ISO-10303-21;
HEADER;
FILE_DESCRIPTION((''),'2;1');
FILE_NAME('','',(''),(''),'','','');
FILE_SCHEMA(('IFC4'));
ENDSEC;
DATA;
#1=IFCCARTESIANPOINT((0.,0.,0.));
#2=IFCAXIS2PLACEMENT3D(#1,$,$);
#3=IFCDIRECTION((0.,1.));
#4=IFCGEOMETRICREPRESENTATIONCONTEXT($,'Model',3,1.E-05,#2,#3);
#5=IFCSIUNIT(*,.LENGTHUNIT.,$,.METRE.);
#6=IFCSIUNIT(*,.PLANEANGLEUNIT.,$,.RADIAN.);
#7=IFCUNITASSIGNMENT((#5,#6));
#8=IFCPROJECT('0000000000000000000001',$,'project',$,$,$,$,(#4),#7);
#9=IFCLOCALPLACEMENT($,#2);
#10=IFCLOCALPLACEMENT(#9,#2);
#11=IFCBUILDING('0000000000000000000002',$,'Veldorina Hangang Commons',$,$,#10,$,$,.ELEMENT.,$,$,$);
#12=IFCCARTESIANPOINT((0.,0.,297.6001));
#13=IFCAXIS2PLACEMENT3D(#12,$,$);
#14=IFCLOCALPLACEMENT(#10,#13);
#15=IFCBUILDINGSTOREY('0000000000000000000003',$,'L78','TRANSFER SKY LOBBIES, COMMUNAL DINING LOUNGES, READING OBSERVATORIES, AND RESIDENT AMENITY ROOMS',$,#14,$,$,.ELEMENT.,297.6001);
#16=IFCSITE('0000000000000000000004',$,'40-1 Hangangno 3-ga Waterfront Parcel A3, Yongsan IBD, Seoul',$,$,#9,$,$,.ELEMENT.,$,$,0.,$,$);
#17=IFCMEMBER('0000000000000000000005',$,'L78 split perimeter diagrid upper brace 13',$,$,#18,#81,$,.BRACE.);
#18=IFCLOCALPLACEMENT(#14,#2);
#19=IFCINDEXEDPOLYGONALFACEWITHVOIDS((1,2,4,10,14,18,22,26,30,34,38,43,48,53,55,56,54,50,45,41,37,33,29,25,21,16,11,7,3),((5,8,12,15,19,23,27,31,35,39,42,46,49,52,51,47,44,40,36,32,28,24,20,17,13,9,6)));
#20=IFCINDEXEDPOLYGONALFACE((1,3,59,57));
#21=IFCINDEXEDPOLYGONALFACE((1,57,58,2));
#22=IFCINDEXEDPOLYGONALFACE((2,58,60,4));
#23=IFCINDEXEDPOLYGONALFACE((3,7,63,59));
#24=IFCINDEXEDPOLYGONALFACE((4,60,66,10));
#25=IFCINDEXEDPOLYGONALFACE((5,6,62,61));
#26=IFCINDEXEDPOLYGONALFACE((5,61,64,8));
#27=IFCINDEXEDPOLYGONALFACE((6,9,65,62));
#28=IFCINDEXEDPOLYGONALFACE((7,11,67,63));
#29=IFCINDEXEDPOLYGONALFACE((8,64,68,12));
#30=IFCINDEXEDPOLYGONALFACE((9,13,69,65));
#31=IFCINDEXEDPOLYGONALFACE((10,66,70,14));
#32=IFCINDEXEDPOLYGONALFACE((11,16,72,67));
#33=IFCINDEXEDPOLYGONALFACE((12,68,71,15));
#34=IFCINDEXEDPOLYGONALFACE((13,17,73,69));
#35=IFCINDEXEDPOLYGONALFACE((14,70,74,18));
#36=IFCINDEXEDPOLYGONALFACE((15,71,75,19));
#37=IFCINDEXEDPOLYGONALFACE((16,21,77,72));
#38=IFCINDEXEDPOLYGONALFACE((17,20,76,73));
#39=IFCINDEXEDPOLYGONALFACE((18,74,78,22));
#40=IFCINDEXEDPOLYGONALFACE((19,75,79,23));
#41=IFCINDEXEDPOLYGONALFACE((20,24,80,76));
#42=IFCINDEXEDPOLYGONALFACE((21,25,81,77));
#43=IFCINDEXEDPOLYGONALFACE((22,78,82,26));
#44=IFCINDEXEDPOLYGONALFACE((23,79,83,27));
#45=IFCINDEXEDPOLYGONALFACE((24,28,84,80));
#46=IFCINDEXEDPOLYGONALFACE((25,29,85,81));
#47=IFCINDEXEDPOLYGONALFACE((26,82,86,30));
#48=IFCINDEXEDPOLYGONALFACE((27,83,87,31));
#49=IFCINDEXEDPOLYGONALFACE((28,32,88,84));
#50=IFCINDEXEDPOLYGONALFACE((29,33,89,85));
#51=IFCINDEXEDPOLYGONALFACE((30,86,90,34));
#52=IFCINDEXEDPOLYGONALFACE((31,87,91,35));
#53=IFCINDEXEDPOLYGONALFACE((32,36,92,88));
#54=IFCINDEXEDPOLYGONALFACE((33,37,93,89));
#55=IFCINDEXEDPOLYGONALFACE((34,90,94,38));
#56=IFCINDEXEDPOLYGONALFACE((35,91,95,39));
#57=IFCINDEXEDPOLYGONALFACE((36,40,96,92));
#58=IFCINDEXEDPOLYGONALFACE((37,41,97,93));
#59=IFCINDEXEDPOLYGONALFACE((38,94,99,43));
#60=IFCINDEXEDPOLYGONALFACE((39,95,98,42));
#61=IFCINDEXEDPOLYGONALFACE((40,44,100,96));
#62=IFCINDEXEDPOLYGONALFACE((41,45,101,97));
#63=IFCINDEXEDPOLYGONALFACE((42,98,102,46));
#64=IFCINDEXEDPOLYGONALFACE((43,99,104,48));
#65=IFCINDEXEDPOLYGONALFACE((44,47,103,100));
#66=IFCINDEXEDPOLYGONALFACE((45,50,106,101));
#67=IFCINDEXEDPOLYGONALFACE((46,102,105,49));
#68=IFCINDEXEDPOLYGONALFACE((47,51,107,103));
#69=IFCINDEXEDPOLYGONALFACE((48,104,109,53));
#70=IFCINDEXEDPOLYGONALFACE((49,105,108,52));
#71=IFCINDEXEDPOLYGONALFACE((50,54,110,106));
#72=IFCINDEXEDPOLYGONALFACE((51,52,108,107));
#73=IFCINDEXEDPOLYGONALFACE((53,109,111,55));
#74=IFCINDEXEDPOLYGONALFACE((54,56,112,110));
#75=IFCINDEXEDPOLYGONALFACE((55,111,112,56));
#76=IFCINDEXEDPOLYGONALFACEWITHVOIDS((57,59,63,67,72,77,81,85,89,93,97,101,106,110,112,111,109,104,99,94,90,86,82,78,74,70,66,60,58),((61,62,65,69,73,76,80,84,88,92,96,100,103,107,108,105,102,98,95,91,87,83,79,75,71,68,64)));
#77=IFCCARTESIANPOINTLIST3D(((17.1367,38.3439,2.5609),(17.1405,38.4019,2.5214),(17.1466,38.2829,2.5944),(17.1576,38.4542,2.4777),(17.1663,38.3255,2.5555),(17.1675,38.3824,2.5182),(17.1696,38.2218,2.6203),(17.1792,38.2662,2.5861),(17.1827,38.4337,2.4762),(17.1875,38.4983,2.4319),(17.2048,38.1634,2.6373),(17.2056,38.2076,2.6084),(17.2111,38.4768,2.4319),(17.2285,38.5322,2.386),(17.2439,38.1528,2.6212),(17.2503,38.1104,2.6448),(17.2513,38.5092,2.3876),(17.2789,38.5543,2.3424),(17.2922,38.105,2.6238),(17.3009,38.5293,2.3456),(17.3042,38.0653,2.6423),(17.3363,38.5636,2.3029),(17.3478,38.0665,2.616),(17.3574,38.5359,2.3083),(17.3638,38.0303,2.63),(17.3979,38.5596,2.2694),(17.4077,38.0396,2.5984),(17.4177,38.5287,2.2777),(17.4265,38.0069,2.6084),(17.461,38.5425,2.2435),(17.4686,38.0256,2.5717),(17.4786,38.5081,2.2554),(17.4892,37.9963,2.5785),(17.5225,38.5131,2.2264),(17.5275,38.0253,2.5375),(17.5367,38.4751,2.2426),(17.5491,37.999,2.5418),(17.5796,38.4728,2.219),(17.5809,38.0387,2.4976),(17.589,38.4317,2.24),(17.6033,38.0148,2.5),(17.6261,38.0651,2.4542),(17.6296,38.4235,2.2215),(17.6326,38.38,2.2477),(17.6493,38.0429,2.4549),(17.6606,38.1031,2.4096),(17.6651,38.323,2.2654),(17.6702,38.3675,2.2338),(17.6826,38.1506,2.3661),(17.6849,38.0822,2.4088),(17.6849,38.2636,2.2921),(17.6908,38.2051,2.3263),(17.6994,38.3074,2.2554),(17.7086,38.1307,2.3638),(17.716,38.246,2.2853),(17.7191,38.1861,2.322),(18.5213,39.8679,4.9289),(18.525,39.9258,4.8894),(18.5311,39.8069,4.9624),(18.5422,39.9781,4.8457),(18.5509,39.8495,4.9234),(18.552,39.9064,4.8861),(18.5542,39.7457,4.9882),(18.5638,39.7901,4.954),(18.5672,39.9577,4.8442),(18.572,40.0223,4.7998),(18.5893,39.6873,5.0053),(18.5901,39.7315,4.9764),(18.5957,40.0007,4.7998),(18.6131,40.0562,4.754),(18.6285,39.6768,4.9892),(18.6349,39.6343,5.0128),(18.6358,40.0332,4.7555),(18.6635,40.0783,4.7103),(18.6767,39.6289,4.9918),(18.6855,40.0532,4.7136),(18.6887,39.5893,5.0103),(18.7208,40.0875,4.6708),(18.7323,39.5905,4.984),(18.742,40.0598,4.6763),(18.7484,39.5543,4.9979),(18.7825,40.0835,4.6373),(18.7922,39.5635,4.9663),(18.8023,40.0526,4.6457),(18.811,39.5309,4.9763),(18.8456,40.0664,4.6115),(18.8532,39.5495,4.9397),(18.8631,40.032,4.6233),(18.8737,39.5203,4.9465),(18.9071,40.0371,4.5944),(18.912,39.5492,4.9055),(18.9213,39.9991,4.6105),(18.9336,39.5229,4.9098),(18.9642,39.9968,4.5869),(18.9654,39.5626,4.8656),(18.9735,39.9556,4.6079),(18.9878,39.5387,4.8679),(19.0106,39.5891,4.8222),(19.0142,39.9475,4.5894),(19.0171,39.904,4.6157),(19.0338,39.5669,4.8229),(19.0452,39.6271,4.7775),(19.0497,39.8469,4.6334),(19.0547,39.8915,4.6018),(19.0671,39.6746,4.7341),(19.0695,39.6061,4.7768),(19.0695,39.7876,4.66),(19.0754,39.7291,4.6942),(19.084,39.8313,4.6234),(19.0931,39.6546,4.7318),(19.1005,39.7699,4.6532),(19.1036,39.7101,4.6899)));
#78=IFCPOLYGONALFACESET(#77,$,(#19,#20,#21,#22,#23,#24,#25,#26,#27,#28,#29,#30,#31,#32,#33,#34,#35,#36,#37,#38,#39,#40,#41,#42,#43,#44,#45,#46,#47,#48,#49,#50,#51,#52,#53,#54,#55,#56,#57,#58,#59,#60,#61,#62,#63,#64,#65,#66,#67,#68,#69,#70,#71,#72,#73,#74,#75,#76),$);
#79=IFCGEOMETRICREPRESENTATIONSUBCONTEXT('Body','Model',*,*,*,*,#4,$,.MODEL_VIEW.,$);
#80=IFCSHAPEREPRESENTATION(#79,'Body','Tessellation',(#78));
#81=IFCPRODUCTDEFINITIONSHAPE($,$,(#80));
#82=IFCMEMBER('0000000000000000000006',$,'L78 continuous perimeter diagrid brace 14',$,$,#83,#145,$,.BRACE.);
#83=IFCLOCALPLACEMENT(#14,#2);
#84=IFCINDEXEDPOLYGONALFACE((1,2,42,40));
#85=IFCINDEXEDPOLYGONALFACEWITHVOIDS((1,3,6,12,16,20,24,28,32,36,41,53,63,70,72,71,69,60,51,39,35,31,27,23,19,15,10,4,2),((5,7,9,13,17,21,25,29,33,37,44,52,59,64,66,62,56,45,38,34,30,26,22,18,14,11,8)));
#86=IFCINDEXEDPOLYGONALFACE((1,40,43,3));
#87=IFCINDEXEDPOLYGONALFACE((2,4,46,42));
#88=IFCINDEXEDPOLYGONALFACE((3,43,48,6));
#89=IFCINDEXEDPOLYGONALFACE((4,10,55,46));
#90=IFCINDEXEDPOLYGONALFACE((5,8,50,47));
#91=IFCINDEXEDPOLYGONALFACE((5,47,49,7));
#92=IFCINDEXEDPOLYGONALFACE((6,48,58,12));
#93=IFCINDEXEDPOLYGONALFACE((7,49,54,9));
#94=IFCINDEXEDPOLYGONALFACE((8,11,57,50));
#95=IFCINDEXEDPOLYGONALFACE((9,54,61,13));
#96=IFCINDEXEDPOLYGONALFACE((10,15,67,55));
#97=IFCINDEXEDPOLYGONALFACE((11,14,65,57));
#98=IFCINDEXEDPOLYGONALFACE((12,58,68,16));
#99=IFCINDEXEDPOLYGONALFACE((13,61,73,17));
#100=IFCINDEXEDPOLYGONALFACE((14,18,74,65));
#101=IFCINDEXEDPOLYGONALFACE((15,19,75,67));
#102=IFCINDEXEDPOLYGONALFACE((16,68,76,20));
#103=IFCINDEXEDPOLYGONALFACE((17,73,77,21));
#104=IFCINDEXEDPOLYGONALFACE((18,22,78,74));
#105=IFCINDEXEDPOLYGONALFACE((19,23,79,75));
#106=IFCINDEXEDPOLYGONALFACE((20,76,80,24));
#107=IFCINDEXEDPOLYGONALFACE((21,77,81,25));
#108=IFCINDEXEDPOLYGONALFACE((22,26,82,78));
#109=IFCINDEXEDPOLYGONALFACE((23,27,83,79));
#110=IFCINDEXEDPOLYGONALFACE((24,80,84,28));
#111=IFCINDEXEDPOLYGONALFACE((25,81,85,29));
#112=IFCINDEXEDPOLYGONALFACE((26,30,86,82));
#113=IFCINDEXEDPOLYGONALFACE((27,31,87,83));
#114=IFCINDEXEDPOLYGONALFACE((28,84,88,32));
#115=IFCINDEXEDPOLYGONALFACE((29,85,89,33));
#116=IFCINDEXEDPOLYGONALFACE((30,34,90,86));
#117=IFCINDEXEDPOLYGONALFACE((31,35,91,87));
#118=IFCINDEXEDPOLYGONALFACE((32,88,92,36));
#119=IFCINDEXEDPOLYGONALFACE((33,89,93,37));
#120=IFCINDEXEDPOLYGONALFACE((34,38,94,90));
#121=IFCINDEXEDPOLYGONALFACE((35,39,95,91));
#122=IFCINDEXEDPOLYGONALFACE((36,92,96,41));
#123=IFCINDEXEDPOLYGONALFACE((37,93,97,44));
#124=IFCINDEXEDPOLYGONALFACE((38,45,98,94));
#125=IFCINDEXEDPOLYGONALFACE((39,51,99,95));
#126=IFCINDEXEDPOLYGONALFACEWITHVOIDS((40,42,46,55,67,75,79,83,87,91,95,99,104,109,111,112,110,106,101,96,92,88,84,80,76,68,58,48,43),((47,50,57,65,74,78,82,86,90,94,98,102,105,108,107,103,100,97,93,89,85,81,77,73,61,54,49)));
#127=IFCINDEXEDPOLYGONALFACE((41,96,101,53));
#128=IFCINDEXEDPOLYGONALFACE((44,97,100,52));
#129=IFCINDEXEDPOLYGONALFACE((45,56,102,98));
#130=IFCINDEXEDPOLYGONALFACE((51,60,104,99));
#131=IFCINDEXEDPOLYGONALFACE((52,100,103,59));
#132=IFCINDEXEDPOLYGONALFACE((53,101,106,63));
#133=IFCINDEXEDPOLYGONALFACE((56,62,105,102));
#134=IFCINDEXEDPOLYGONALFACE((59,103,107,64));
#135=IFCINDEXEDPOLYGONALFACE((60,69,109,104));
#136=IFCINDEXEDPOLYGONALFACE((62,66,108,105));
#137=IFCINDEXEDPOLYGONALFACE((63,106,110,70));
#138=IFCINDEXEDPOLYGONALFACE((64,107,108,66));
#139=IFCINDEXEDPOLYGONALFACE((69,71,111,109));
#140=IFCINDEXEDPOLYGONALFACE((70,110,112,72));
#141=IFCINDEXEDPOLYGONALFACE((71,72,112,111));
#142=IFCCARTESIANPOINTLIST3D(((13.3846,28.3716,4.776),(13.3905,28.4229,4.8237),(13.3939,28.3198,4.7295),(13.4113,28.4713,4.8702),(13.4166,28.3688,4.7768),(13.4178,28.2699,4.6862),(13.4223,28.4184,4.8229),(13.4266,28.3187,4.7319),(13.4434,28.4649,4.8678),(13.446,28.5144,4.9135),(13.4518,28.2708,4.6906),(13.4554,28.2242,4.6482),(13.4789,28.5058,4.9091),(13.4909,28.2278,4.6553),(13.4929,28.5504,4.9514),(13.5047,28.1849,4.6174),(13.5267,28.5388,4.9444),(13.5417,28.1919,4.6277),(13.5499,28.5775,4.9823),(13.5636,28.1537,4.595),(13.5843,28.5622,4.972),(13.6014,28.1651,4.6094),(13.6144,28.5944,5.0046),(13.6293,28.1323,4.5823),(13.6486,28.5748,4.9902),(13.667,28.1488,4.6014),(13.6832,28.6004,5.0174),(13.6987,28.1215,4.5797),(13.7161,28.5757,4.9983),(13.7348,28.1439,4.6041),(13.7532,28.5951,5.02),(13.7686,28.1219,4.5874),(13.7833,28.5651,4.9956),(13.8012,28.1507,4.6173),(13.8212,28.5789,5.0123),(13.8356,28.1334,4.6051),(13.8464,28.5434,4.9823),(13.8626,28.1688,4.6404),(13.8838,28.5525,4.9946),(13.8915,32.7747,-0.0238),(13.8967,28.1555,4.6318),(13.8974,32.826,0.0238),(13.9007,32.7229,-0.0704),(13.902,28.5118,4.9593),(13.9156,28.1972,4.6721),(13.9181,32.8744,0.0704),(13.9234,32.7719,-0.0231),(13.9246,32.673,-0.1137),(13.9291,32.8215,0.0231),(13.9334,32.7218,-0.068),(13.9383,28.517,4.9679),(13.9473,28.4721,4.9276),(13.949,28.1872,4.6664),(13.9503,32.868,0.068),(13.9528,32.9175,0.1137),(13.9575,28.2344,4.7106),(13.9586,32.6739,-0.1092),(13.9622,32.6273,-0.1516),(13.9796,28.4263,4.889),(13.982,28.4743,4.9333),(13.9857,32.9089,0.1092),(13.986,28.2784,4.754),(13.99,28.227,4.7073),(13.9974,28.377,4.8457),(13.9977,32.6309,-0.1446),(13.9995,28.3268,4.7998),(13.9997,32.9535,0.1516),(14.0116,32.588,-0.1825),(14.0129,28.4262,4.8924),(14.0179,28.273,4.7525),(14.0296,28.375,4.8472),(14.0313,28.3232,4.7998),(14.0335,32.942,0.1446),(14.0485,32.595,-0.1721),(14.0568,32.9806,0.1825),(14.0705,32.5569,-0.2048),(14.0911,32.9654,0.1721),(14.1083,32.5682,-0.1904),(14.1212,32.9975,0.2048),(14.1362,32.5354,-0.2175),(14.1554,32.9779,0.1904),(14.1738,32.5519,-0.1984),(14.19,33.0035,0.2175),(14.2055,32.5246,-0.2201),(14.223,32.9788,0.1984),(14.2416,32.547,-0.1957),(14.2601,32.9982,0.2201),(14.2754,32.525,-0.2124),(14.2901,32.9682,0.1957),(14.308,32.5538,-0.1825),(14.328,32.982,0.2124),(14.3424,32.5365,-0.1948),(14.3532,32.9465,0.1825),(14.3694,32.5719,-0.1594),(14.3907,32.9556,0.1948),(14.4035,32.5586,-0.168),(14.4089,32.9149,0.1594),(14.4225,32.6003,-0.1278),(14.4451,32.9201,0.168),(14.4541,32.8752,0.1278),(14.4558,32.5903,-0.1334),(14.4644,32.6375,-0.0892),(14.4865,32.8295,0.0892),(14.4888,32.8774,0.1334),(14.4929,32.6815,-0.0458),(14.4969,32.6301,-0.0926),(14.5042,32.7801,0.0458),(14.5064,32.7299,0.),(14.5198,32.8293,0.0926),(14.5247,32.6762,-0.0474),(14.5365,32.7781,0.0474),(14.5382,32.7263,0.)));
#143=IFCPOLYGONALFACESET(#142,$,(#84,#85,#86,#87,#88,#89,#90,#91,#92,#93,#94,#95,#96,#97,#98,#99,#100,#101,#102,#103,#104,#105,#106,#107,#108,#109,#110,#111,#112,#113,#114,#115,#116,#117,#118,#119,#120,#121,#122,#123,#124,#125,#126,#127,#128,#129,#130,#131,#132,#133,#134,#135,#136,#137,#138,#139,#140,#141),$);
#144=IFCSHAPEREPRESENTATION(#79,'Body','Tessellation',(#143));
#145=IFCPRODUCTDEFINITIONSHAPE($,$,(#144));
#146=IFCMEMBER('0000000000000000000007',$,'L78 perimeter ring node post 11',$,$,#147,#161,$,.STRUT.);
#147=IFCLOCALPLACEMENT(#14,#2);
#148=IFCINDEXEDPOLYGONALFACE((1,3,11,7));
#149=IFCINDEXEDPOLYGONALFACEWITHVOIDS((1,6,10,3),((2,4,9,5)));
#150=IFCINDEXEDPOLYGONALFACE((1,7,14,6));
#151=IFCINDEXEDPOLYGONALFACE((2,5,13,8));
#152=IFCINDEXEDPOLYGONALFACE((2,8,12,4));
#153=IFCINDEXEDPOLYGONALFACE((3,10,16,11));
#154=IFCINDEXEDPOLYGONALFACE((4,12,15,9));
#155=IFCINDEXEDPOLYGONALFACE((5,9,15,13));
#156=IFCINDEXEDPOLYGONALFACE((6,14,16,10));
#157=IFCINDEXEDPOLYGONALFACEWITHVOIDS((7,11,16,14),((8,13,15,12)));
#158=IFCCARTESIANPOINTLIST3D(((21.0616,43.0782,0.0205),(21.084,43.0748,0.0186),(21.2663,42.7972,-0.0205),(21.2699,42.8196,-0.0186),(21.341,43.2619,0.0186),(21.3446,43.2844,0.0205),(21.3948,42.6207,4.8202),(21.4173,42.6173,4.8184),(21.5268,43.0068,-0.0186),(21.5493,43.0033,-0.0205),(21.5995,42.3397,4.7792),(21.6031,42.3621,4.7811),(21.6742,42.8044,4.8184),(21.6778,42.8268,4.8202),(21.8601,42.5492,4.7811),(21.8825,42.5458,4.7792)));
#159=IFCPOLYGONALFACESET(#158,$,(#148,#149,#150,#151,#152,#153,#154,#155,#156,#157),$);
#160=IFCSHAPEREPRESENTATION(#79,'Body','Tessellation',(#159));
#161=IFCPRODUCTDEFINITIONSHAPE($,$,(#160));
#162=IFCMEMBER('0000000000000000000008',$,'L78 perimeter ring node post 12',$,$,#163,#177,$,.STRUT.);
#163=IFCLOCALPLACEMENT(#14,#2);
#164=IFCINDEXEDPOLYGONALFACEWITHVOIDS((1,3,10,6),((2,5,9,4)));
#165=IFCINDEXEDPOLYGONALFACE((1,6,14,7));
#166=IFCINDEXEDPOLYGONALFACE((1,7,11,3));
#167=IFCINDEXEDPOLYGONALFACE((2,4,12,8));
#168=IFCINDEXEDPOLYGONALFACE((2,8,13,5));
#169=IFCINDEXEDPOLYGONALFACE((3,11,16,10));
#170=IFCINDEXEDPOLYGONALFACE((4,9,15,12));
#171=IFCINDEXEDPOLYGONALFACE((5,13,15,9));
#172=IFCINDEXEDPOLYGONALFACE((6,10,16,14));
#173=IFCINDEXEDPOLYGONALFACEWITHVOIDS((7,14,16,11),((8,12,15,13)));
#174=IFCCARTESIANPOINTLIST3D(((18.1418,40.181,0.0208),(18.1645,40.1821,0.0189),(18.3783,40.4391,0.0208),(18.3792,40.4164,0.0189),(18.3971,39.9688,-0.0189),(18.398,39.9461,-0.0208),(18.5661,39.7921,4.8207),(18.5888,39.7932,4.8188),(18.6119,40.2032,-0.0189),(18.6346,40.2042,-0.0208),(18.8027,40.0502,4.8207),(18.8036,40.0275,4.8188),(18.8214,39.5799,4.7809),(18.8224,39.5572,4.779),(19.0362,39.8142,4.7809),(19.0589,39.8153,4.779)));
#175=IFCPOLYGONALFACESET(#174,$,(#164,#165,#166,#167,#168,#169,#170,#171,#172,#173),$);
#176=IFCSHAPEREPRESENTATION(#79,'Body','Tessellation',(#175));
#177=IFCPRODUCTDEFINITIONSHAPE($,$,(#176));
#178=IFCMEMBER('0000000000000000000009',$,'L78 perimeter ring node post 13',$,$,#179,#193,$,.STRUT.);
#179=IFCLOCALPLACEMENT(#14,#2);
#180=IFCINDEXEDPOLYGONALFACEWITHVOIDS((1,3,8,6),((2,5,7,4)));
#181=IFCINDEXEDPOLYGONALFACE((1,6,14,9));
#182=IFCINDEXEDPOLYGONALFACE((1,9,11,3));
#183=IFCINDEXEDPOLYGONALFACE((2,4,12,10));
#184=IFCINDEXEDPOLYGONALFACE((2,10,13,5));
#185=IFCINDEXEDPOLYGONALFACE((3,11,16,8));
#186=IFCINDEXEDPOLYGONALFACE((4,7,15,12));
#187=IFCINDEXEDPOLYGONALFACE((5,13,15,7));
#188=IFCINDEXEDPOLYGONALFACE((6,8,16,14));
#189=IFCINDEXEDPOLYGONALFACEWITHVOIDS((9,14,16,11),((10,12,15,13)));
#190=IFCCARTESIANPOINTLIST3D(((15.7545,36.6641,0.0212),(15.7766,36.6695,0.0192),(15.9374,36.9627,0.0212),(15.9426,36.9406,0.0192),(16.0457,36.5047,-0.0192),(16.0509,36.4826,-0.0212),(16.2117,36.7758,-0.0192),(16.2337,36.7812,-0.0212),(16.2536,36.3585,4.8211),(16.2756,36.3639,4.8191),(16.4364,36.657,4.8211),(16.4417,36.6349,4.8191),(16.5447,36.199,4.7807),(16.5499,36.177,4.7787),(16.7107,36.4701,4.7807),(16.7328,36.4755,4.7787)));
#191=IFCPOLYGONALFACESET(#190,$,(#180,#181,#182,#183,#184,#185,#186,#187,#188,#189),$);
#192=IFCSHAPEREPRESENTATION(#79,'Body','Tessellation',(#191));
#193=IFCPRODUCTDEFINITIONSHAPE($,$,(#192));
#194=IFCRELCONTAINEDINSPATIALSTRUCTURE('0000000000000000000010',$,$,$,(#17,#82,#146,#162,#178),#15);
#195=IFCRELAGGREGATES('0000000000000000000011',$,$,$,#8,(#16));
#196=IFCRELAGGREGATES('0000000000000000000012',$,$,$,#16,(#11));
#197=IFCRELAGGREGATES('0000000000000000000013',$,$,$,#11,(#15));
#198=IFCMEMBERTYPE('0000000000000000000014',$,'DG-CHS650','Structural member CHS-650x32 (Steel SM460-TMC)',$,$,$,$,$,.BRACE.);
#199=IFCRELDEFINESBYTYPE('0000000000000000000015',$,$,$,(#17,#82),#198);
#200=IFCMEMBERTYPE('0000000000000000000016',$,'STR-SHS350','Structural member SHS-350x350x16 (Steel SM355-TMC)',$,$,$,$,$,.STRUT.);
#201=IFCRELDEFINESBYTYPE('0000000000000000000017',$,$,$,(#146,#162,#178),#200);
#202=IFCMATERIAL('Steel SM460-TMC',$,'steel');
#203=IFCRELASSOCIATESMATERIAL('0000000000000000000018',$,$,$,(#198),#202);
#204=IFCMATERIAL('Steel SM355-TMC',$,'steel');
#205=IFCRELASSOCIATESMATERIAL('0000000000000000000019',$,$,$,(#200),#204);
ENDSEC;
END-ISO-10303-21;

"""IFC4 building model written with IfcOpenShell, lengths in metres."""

from ifc_helpers import new_model, si_unit, direction, frame, origin, origin_2d, place, context, subcontext, project, spatial, hollow_rectangle, hollow_circle, extrude, material, material_profile, profile_set, type_object, element, save


model = new_model("IFC4")

# Units and contexts
model_context = context("Model", 3, precision=1e-05, world=origin(), true_north=direction((0.0, 1.0)))
body_context = subcontext(model_context, "Body", "Model", "MODEL_VIEW")
ifc_project = project(units=[si_unit("LENGTHUNIT", "METRE"), si_unit("PLANEANGLEUNIT", "RADIAN")], contexts=[model_context])

# Site, building, storey
site_placement = place(None, origin())
site = spatial("IfcSite", under=ifc_project, at=site_placement, Name="40-1 Hangangno 3-ga Waterfront Parcel A3, Yongsan IBD, Seoul", CompositionType="ELEMENT", RefElevation=0.0)
building_placement = place(site_placement, origin())
building = spatial("IfcBuilding", under=site, at=building_placement, Name="Veldorina Hangang Commons", CompositionType="ELEMENT")
storey_placement = place(building_placement, frame((0.0, 0.0, 297.6001)))
storey = spatial("IfcBuildingStorey", under=building, at=storey_placement, Name="L78", Description="TRANSFER SKY LOBBIES, COMMUNAL DINING LOUNGES, READING OBSERVATORIES, AND RESIDENT AMENITY ROOMS", CompositionType="ELEMENT", Elevation=297.6001)

# Shared definitions
ifc_material_1 = material(Name="Steel SM460-TMC", Category="steel")
ifc_material_2 = material(Name="Steel SM355-TMC", Category="steel")

# Members
ifc_material_profile_1 = material_profile(ifc_material_1, hollow_circle(Radius=0.325, WallThickness=0.032, at=origin_2d()), Name="CHS-650x32")
ifc_profile_set_1 = profile_set([ifc_material_profile_1], Name="Steel SM460-TMC")
member_type_1 = type_object("IfcMemberType", Name="DG-CHS650", Description="Structural member CHS-650x32 (Steel SM460-TMC)", PredefinedType="BRACE", material=ifc_profile_set_1)
member_1_placement = place(storey_placement, frame((17.428, 38.2798, 2.4319), z_axis=(0.441228, 0.485654, 0.754624), x_axis=(-0.740149, 0.672443, 0.0)))
element("IfcMember", 1, at=member_1_placement, inside=storey, type_object=member_type_1, Name="L78 split perimeter diagrid upper brace 13", PredefinedType="BRACE", context=body_context, shape_type="SweptSolid", body=[
    extrude(hollow_circle(Radius=0.325, WallThickness=0.032, at=origin_2d()), origin(), (0.0, 0.0, 1.0), 3.1379),
])
member_2_placement = place(storey_placement, frame((14.2153, 32.7634, 0.0), z_axis=(-0.077579, -0.673959, 0.734684), x_axis=(0.99344, -0.114354, 0.0)))
element("IfcMember", 2, at=member_2_placement, inside=storey, type_object=member_type_1, Name="L78 continuous perimeter diagrid brace 14", PredefinedType="BRACE", context=body_context, shape_type="SweptSolid", body=[
    extrude(hollow_circle(Radius=0.325, WallThickness=0.032, at=origin_2d()), origin(), (0.0, 0.0, 1.0), 6.5332),
])
ifc_material_profile_2 = material_profile(ifc_material_2, hollow_rectangle(XDim=0.3501, YDim=0.3501, WallThickness=0.0161, at=origin_2d()), Name="SHS-350x350x16")
ifc_profile_set_2 = profile_set([ifc_material_profile_2], Name="Steel SM355-TMC")
member_type_2 = type_object("IfcMemberType", Name="STR-SHS350", Description="Structural member SHS-350x350x16 (Steel SM355-TMC)", PredefinedType="STRUT", material=ifc_profile_set_2)
member_3_placement = place(storey_placement, frame((21.3054, 43.0408, 0.0), z_axis=(0.068953, -0.094664, 0.993118), x_axis=(0.808307, 0.588761, 0.0)))
element("IfcMember", 3, at=member_3_placement, inside=storey, type_object=member_type_2, Name="L78 perimeter ring node post 11", PredefinedType="STRUT", context=body_context, shape_type="SweptSolid", body=[
    extrude(hollow_rectangle(XDim=0.3501, YDim=0.3501, WallThickness=0.0161, at=origin_2d()), origin(), (0.0, 0.0, 1.0), 4.833),
])
member_4_placement = place(storey_placement, frame((18.3882, 40.1926, 0.0), z_axis=(0.087774, -0.080451, 0.992886), x_axis=(0.675686, 0.737189, 0.0)))
element("IfcMember", 4, at=member_4_placement, inside=storey, type_object=member_type_2, Name="L78 perimeter ring node post 12", PredefinedType="STRUT", context=body_context, shape_type="SweptSolid", body=[
    extrude(hollow_rectangle(XDim=0.3501, YDim=0.3501, WallThickness=0.0161, at=origin_2d()), origin(), (0.0, 0.0, 1.0), 4.8342),
])
member_5_placement = place(storey_placement, frame((15.9941, 36.7227, 0.0), z_axis=(0.103203, -0.063215, 0.992649), x_axis=(0.522327, 0.852745, 0.0)))
element("IfcMember", 5, at=member_5_placement, inside=storey, type_object=member_type_2, Name="L78 perimeter ring node post 13", PredefinedType="STRUT", context=body_context, shape_type="SweptSolid", body=[
    extrude(hollow_rectangle(XDim=0.3501, YDim=0.3501, WallThickness=0.0161, at=origin_2d()), origin(), (0.0, 0.0, 1.0), 4.8354),
])

save(model, "model.ifc")
